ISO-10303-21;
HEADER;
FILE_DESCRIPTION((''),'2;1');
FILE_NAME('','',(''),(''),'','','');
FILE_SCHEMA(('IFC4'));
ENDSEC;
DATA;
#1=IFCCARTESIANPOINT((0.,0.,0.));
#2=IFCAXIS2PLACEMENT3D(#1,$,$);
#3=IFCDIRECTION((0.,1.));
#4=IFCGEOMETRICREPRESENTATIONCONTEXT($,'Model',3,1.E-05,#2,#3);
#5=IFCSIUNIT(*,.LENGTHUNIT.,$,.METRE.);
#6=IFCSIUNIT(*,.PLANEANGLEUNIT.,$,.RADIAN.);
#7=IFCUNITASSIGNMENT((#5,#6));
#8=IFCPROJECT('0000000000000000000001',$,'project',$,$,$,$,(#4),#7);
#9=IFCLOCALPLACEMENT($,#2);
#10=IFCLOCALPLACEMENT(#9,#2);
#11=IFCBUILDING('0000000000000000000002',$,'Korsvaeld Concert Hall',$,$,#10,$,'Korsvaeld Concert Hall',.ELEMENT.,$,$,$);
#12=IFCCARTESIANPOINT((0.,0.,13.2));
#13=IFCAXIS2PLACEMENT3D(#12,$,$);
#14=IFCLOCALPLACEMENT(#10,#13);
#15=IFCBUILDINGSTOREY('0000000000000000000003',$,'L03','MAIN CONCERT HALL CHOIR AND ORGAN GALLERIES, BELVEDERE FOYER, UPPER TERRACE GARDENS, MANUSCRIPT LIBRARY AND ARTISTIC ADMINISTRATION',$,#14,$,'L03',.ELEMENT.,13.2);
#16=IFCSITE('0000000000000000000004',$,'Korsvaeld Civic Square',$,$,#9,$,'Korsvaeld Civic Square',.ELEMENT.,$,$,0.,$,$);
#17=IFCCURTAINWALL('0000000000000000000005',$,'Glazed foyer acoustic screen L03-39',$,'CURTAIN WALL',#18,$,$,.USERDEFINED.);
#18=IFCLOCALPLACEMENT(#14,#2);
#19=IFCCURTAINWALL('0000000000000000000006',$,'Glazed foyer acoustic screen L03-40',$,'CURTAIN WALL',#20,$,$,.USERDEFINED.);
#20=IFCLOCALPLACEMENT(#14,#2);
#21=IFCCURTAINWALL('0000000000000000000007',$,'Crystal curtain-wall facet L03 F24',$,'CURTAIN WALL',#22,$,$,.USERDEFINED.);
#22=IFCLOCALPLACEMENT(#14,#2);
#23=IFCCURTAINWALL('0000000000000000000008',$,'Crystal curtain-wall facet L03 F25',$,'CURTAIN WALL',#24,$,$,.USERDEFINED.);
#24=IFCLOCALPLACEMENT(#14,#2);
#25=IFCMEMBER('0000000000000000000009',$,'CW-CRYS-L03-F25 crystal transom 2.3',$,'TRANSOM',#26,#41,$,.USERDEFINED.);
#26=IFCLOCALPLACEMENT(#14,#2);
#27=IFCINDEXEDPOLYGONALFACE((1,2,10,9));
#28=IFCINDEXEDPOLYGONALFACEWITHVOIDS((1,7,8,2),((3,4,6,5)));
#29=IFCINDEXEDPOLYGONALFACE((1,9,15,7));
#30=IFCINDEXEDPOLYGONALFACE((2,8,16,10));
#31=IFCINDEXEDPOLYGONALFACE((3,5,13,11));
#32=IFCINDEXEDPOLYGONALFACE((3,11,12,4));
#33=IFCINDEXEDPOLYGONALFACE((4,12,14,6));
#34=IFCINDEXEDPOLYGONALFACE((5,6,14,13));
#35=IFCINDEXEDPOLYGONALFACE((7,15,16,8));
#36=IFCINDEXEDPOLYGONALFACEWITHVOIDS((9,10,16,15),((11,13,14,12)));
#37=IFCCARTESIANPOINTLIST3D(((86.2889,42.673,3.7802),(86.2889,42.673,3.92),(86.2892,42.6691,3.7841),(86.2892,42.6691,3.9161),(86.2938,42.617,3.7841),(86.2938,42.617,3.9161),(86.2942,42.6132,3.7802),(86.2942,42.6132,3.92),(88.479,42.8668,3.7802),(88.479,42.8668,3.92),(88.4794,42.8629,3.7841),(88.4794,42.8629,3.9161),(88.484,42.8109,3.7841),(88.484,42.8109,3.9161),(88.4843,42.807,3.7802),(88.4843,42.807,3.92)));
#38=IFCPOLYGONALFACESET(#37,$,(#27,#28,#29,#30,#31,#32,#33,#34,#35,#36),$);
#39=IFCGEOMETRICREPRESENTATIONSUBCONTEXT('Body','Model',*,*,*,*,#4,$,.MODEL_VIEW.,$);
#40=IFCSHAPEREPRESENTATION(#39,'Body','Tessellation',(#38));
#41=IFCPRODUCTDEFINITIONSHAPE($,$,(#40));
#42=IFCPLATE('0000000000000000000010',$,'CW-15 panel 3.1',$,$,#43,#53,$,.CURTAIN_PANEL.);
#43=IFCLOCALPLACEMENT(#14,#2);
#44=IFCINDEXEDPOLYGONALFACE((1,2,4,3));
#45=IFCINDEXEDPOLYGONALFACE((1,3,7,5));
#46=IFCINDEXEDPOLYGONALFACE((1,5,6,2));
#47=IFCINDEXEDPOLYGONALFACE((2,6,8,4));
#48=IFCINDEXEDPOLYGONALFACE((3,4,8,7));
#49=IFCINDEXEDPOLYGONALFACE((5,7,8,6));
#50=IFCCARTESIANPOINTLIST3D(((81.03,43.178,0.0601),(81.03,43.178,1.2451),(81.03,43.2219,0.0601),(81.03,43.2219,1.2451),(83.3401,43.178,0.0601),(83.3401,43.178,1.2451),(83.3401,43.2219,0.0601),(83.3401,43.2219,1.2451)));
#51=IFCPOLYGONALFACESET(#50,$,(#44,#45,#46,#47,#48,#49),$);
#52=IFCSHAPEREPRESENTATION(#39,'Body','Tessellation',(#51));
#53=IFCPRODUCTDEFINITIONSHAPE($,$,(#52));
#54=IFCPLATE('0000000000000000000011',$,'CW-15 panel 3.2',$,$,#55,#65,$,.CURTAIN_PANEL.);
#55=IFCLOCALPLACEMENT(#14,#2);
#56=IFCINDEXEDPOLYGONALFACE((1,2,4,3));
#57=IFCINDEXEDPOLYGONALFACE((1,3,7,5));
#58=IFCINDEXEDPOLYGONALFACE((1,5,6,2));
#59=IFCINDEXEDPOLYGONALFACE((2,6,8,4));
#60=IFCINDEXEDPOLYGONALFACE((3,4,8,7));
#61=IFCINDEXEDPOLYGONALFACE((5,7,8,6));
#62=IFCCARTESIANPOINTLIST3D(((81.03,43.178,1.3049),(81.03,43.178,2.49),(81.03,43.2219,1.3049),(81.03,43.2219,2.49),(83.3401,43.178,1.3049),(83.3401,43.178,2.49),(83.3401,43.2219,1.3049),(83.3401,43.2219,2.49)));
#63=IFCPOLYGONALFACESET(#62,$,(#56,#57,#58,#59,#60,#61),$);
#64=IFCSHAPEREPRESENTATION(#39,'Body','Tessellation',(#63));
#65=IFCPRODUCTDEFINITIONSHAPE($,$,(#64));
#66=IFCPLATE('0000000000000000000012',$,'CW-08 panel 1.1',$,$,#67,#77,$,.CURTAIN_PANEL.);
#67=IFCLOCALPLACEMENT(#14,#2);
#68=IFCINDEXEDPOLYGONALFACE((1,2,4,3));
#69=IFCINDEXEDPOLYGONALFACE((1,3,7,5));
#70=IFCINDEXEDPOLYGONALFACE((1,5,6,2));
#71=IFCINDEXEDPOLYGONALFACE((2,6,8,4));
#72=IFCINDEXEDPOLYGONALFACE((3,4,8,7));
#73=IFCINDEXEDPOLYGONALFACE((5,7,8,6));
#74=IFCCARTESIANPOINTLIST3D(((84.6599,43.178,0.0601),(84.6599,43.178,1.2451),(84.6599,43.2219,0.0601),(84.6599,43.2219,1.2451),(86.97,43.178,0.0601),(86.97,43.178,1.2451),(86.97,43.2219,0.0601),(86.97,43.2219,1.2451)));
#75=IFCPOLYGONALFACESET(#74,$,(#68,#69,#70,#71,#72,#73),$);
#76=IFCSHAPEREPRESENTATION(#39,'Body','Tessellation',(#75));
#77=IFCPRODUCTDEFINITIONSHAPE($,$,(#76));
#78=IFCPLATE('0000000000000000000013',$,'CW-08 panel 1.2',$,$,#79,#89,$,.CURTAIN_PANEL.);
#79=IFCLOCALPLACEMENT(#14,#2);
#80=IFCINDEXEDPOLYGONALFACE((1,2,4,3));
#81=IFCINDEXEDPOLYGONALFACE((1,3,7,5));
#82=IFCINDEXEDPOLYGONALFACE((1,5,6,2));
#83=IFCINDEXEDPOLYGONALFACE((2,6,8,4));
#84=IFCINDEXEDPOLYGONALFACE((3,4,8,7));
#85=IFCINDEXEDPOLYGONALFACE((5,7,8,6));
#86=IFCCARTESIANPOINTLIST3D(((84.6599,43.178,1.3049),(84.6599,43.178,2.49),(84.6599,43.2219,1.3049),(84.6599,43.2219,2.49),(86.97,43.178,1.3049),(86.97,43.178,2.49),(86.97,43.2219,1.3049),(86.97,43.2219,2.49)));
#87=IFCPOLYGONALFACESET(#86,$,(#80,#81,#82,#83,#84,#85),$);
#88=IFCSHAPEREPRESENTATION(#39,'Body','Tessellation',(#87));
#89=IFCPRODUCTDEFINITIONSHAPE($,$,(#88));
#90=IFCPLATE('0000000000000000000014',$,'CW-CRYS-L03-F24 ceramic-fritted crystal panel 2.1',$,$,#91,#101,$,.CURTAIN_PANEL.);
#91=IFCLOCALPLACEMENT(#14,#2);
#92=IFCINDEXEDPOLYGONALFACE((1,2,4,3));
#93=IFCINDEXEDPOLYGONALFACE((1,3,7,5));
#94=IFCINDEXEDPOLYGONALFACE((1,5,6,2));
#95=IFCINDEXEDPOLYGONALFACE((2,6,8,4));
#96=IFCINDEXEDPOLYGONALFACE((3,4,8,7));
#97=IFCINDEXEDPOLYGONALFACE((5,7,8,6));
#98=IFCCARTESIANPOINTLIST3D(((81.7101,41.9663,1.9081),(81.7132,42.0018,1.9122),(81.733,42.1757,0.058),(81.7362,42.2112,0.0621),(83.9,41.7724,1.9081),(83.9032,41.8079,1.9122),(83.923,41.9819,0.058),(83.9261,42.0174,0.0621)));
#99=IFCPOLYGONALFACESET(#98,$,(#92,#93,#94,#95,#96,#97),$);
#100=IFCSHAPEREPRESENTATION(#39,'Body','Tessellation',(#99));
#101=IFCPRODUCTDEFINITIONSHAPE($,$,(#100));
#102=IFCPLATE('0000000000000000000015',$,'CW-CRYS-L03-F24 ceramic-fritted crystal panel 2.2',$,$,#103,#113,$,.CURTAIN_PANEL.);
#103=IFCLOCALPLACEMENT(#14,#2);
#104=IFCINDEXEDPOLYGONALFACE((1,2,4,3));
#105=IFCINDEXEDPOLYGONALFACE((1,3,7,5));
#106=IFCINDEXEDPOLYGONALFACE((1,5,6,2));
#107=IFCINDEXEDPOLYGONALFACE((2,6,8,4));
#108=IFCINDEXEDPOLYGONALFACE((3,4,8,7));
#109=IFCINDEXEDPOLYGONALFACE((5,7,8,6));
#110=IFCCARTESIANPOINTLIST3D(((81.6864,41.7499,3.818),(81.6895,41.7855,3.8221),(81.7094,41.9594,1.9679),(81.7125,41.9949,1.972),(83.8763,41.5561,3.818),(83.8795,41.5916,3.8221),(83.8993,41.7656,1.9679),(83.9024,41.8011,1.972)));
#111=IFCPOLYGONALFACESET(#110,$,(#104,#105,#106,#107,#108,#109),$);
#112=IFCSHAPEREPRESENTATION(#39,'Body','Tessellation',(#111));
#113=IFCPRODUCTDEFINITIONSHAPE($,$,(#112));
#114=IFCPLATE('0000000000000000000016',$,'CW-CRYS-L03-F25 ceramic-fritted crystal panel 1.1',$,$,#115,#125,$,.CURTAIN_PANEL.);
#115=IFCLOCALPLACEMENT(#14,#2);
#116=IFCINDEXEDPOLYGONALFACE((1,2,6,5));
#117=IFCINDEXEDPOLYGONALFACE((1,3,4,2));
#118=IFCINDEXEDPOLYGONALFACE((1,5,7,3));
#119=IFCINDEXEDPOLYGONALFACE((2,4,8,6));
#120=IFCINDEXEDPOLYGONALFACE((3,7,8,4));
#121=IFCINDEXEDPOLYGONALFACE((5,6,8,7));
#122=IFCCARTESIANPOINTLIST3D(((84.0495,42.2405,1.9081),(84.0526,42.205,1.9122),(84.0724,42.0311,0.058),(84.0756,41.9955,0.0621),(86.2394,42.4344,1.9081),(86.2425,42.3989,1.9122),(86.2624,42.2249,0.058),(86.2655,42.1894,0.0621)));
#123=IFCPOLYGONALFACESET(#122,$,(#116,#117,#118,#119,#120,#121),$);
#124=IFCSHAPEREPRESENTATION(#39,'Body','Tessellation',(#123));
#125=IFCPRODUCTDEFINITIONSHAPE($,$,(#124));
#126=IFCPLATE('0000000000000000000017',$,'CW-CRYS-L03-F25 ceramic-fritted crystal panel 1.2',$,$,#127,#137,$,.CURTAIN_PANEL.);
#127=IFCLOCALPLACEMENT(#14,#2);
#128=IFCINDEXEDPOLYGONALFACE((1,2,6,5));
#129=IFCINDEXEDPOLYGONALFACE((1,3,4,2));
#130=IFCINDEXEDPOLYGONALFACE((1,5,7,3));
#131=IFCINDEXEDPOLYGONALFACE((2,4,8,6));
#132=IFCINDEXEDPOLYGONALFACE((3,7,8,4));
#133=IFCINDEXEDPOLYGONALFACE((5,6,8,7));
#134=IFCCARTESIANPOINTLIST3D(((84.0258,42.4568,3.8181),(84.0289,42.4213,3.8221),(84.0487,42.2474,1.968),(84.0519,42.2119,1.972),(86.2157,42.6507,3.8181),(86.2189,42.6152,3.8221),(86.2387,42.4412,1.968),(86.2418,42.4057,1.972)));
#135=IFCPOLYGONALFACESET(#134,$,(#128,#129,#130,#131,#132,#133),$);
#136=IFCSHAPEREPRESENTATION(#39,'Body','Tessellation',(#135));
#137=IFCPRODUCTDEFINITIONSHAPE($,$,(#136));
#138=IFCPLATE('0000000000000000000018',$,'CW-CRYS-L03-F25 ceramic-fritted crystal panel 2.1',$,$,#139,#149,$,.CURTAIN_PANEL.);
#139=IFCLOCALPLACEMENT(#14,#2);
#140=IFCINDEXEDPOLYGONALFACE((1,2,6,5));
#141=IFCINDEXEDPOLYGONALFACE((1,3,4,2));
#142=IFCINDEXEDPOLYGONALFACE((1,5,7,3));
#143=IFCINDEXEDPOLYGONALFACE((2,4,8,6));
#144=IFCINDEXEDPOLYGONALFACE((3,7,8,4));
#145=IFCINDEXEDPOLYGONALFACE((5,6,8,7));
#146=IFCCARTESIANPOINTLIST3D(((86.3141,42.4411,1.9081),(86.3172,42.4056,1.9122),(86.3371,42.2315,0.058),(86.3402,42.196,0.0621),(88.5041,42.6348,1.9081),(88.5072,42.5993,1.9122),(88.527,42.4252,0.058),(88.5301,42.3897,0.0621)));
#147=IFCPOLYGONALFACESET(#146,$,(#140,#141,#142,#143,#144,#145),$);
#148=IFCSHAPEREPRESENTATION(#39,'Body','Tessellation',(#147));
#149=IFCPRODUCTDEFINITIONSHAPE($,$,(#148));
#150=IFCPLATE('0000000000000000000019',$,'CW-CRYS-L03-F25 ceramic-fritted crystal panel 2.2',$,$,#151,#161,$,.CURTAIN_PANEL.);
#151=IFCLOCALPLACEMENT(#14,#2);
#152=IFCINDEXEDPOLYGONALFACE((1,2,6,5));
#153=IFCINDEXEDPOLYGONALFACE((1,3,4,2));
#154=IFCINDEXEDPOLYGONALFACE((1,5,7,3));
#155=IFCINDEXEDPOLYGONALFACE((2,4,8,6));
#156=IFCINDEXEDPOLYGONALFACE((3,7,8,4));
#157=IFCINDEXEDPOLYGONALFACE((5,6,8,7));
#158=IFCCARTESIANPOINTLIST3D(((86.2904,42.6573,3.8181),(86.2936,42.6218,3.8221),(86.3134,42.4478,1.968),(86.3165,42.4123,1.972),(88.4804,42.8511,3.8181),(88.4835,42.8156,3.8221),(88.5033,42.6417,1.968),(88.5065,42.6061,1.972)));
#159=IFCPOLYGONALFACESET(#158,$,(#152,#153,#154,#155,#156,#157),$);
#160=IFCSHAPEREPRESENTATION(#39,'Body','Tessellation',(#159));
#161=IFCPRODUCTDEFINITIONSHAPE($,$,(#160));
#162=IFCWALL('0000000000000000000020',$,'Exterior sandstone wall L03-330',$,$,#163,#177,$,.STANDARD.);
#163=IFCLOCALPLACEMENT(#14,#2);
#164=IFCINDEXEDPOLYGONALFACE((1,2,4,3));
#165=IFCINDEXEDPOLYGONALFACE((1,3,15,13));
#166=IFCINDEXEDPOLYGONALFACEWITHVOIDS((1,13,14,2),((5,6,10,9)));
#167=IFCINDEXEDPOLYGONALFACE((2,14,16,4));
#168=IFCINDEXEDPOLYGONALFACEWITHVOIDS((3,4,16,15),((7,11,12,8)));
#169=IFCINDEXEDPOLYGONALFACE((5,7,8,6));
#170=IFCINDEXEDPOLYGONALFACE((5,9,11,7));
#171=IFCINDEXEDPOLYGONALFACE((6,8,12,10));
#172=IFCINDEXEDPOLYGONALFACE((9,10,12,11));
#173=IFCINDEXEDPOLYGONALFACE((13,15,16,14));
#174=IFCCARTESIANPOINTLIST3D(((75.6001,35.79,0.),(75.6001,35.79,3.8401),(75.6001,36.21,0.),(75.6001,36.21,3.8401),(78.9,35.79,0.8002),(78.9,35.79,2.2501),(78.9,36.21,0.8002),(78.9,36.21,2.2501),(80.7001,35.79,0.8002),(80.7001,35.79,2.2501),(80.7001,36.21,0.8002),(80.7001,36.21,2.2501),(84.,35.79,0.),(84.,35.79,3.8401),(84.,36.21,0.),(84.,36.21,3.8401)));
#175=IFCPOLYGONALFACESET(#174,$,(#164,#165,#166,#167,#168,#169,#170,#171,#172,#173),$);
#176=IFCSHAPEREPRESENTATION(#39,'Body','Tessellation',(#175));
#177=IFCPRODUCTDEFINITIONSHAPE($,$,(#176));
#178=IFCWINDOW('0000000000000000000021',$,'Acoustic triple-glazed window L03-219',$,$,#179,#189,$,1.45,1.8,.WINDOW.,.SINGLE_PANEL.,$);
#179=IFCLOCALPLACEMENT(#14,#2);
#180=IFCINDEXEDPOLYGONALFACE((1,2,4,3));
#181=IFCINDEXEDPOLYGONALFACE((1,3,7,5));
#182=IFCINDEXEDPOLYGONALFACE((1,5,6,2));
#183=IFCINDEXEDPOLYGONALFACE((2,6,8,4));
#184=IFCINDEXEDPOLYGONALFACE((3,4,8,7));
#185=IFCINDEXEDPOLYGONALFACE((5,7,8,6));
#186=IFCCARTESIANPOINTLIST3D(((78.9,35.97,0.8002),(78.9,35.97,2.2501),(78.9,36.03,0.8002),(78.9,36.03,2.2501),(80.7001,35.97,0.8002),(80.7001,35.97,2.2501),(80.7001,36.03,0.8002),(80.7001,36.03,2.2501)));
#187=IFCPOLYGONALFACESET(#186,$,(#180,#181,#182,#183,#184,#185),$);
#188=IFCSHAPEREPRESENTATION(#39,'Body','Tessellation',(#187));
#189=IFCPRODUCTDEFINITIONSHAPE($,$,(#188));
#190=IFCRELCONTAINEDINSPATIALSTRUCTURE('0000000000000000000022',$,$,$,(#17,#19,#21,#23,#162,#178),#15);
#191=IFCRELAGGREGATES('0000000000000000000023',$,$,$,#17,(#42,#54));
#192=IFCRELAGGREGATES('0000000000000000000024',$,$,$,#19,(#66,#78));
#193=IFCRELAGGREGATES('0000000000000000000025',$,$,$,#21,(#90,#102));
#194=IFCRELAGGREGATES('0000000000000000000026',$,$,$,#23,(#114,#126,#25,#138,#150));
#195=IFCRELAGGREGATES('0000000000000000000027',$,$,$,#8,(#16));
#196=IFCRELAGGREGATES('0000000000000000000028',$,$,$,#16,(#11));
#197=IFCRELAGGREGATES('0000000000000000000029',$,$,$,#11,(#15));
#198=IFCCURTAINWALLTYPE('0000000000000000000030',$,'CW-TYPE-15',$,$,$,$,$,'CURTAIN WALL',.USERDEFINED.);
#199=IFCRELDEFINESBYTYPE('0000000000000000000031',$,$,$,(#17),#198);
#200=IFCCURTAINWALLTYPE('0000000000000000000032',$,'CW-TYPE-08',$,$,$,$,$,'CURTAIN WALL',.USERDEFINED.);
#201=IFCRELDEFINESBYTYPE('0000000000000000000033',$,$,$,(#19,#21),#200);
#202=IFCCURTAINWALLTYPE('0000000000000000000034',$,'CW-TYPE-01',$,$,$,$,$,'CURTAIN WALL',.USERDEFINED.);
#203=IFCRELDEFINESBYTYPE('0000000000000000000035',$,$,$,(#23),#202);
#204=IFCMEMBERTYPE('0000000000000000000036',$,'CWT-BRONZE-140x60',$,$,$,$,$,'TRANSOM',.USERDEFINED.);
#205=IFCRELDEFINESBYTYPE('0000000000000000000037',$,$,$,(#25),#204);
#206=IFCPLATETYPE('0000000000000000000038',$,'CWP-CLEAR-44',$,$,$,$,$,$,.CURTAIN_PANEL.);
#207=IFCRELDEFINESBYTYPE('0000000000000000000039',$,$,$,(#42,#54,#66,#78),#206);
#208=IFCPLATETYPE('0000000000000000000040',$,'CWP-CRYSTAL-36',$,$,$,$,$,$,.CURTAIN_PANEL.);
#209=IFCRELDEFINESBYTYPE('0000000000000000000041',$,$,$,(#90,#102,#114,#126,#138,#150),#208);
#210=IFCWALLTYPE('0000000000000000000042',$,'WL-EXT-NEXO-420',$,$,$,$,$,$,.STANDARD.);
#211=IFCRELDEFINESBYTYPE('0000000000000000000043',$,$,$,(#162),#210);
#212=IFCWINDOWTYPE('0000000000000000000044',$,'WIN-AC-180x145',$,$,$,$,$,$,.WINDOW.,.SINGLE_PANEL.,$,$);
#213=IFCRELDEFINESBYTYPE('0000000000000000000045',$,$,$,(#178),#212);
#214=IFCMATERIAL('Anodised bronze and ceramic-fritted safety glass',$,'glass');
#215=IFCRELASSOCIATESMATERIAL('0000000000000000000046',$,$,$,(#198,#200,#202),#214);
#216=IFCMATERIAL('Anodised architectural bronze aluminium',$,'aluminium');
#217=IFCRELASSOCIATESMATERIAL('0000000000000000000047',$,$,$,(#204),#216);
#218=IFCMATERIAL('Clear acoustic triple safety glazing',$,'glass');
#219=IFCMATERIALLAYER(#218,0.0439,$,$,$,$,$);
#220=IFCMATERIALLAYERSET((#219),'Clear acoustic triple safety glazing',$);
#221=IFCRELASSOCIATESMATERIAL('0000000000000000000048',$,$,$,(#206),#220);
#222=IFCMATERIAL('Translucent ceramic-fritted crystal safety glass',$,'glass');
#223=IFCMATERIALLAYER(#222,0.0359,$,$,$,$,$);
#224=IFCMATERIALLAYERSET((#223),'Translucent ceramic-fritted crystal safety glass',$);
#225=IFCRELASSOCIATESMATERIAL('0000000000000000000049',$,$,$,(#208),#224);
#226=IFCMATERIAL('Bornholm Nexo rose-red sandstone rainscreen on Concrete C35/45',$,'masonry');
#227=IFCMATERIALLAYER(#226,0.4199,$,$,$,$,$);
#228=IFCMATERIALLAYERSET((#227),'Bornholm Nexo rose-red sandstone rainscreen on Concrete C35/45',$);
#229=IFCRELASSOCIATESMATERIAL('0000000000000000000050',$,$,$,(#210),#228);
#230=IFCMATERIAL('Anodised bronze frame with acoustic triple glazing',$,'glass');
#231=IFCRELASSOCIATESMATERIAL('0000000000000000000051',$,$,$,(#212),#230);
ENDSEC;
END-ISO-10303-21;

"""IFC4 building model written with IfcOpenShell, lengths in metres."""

from ifc_helpers import new_model, si_unit, direction, frame, frame_2d, origin, origin_2d, place, context, subcontext, project, spatial, polyline, rectangle, hollow_rectangle, outline, extrude, material, layer, layer_set, material_profile, profile_set, type_object, element, fill, aggregate, save


model = new_model("IFC4")

# Units and contexts
model_context = context("Model", 3, precision=1e-05, world=origin(), true_north=direction((0.0, 1.0)))
body_context = subcontext(model_context, "Body", "Model", "MODEL_VIEW")
ifc_project = project(units=[si_unit("LENGTHUNIT", "METRE"), si_unit("PLANEANGLEUNIT", "RADIAN")], contexts=[model_context])

# Site, building, storey
site_placement = place(None, origin())
site = spatial("IfcSite", under=ifc_project, at=site_placement, Name="Korsvaeld Civic Square", LongName="Korsvaeld Civic Square", CompositionType="ELEMENT", RefElevation=0.0)
building_placement = place(site_placement, origin())
building = spatial("IfcBuilding", under=site, at=building_placement, Name="Korsvaeld Concert Hall", LongName="Korsvaeld Concert Hall", CompositionType="ELEMENT")
storey_placement = place(building_placement, frame((0.0, 0.0, 13.2)))
storey = spatial("IfcBuildingStorey", under=building, at=storey_placement, Name="L03", Description="MAIN CONCERT HALL CHOIR AND ORGAN GALLERIES, BELVEDERE FOYER, UPPER TERRACE GARDENS, MANUSCRIPT LIBRARY AND ARTISTIC ADMINISTRATION", LongName="L03", CompositionType="ELEMENT", Elevation=13.2)

# Curtain wall
ifc_material_1 = material(Name="Anodised bronze and ceramic-fritted safety glass", Category="glass")
curtain_wall_type_1 = type_object("IfcCurtainWallType", Name="CW-TYPE-15", ElementType="CURTAIN WALL", PredefinedType="USERDEFINED", material=ifc_material_1)
curtain_wall_1_placement = place(storey_placement, origin())
curtain_wall_1 = element("IfcCurtainWall", 1, at=curtain_wall_1_placement, inside=storey, type_object=curtain_wall_type_1, Name="Glazed foyer acoustic screen L03-39", ObjectType="CURTAIN WALL", PredefinedType="USERDEFINED")
ifc_material_2 = material(Name="Anodised architectural bronze aluminium", Category="aluminium")

# Curtain wall
curtain_wall_type_2 = type_object("IfcCurtainWallType", Name="CW-TYPE-08", ElementType="CURTAIN WALL", PredefinedType="USERDEFINED", material=ifc_material_1)
curtain_wall_2_placement = place(storey_placement, origin())
curtain_wall_2 = element("IfcCurtainWall", 2, at=curtain_wall_2_placement, inside=storey, type_object=curtain_wall_type_2, Name="Glazed foyer acoustic screen L03-40", ObjectType="CURTAIN WALL", PredefinedType="USERDEFINED")

# Curtain wall
curtain_wall_3_placement = place(storey_placement, origin())
curtain_wall_3 = element("IfcCurtainWall", 3, at=curtain_wall_3_placement, inside=storey, type_object=curtain_wall_type_2, Name="Crystal curtain-wall facet L03 F24", ObjectType="CURTAIN WALL", PredefinedType="USERDEFINED")

# Curtain wall
curtain_wall_type_3 = type_object("IfcCurtainWallType", Name="CW-TYPE-01", ElementType="CURTAIN WALL", PredefinedType="USERDEFINED", material=ifc_material_1)
curtain_wall_4_placement = place(storey_placement, origin())
curtain_wall_4 = element("IfcCurtainWall", 4, at=curtain_wall_4_placement, inside=storey, type_object=curtain_wall_type_3, Name="Crystal curtain-wall facet L03 F25", ObjectType="CURTAIN WALL", PredefinedType="USERDEFINED")

# Member
ifc_material_profile_1 = material_profile(ifc_material_2, hollow_rectangle(XDim=0.0601, YDim=0.1399, WallThickness=0.0039, at=origin_2d()), Name="CWT 140x60x4")
ifc_profile_set_1 = profile_set([ifc_material_profile_1], Name="Anodised architectural bronze aluminium")
member_type_1 = type_object("IfcMemberType", Name="CWT-BRONZE-140x60", ElementType="TRANSOM", PredefinedType="USERDEFINED", material=ifc_profile_set_1)
member_1_placement = place(storey_placement, frame((86.2915, 42.6431, 3.8501), z_axis=(0.996106, 0.088163, 0.0), x_axis=(-0.088163, 0.996106, 0.0)))
member_1 = element("IfcMember", 5, at=member_1_placement, type_object=member_type_1, Name="CW-CRYS-L03-F25 crystal transom 2.3", ObjectType="TRANSOM", PredefinedType="USERDEFINED", context=body_context, shape_type="SweptSolid", body=[
    extrude(hollow_rectangle(XDim=0.0601, YDim=0.1399, WallThickness=0.0039, at=origin_2d()), origin(), (0.0, 0.0, 1.0), 2.1987),
])

# Plates
ifc_material_3 = material(Name="Clear acoustic triple safety glazing", Category="glass")
ifc_layer_1 = layer(ifc_material_3, 0.0439)
ifc_layer_set_1 = layer_set([ifc_layer_1], Name="Clear acoustic triple safety glazing")
plate_type_1 = type_object("IfcPlateType", Name="CWP-CLEAR-44", PredefinedType="CURTAIN_PANEL", material=ifc_layer_set_1)
plate_1_placement = place(storey_placement, frame((82.1851, 43.2, 0.0601), z_axis=(0.0, 0.0, 1.0), x_axis=(1.0, 0.0, 0.0)))
plate_1 = element("IfcPlate", 6, at=plate_1_placement, type_object=plate_type_1, Name="CW-15 panel 3.1", PredefinedType="CURTAIN_PANEL", context=body_context, shape_type="SweptSolid", body=[
    extrude(rectangle(XDim=2.3101, YDim=0.0439, at=origin_2d()), origin(), (0.0, 0.0, 1.0), 1.1851),
])
plate_2_placement = place(storey_placement, frame((82.1851, 43.2, 1.3049), z_axis=(0.0, 0.0, 1.0), x_axis=(1.0, 0.0, 0.0)))
plate_2 = element("IfcPlate", 7, at=plate_2_placement, type_object=plate_type_1, Name="CW-15 panel 3.2", PredefinedType="CURTAIN_PANEL", context=body_context, shape_type="SweptSolid", body=[
    extrude(rectangle(XDim=2.3101, YDim=0.0439, at=origin_2d()), origin(), (0.0, 0.0, 1.0), 1.1851),
])
aggregate(curtain_wall_1, [plate_1, plate_2])
plate_3_placement = place(storey_placement, frame((85.8149, 43.2, 0.0601), z_axis=(0.0, 0.0, 1.0), x_axis=(1.0, 0.0, 0.0)))
plate_3 = element("IfcPlate", 8, at=plate_3_placement, type_object=plate_type_1, Name="CW-08 panel 1.1", PredefinedType="CURTAIN_PANEL", context=body_context, shape_type="SweptSolid", body=[
    extrude(rectangle(XDim=2.3101, YDim=0.0439, at=origin_2d()), origin(), (0.0, 0.0, 1.0), 1.1851),
])
plate_4_placement = place(storey_placement, frame((85.8149, 43.2, 1.3049), z_axis=(0.0, 0.0, 1.0), x_axis=(1.0, 0.0, 0.0)))
plate_4 = element("IfcPlate", 9, at=plate_4_placement, type_object=plate_type_1, Name="CW-08 panel 1.2", PredefinedType="CURTAIN_PANEL", context=body_context, shape_type="SweptSolid", body=[
    extrude(rectangle(XDim=2.3101, YDim=0.0439, at=origin_2d()), origin(), (0.0, 0.0, 1.0), 1.1851),
])
aggregate(curtain_wall_2, [plate_3, plate_4])
ifc_material_4 = material(Name="Translucent ceramic-fritted crystal safety glass", Category="glass")
ifc_layer_2 = layer(ifc_material_4, 0.0359)
ifc_layer_set_2 = layer_set([ifc_layer_2], Name="Translucent ceramic-fritted crystal safety glass")
plate_type_2 = type_object("IfcPlateType", Name="CWP-CRYSTAL-36", PredefinedType="CURTAIN_PANEL", material=ifc_layer_set_2)
plate_5_placement = place(storey_placement, frame((81.7346, 42.1936, 0.0601), z_axis=(-0.087606, -0.989709, -0.113144), x_axis=(0.996105, -0.088173, 0.0)))
plate_5 = element("IfcPlate", 10, at=plate_5_placement, type_object=plate_type_2, Name="CW-CRYS-L03-F24 ceramic-fritted crystal panel 2.1", PredefinedType="CURTAIN_PANEL", context=body_context, shape_type="SweptSolid", body=[
    extrude(outline(polyline([(0.0, 0.0), (2.1985, 0.0), (2.1941, 1.8621), (-0.0044, 1.8621), (0.0, 0.0)])), frame((0.0, 0.0, 0.0181)), (0.0, 0.0, -1.0), 0.0359),
])
plate_6_placement = place(storey_placement, frame((81.7109, 41.9773, 1.97), z_axis=(-0.087606, -0.989709, -0.113144), x_axis=(0.996105, -0.088173, 0.0)))
plate_6 = element("IfcPlate", 11, at=plate_6_placement, type_object=plate_type_2, Name="CW-CRYS-L03-F24 ceramic-fritted crystal panel 2.2", PredefinedType="CURTAIN_PANEL", context=body_context, shape_type="SweptSolid", body=[
    extrude(outline(polyline([(0.0, 0.0), (2.1985, 0.0), (2.1941, 1.8621), (-0.0044, 1.8621), (0.0, 0.0)])), frame((0.0, 0.0, 0.0181)), (0.0, 0.0, -1.0), 0.0359),
])
aggregate(curtain_wall_3, [plate_5, plate_6])
plate_7_placement = place(storey_placement, frame((84.074, 42.0134, 0.0601), z_axis=(0.087606, -0.989709, 0.113144), x_axis=(0.996105, 0.088173, 0.0)))
plate_7 = element("IfcPlate", 12, at=plate_7_placement, type_object=plate_type_2, Name="CW-CRYS-L03-F25 ceramic-fritted crystal panel 1.1", PredefinedType="CURTAIN_PANEL", context=body_context, shape_type="SweptSolid", body=[
    extrude(outline(polyline([(0.0, 0.0), (2.1985, 0.0), (2.1941, 1.8621), (-0.0044, 1.8621), (0.0, 0.0)])), frame((0.0, 0.0, 0.0181)), (0.0, 0.0, -1.0), 0.0359),
])
plate_8_placement = place(storey_placement, frame((84.0503, 42.2297, 1.97), z_axis=(0.087606, -0.989709, 0.113144), x_axis=(0.996105, 0.088173, 0.0)))
plate_8 = element("IfcPlate", 13, at=plate_8_placement, type_object=plate_type_2, Name="CW-CRYS-L03-F25 ceramic-fritted crystal panel 1.2", PredefinedType="CURTAIN_PANEL", context=body_context, shape_type="SweptSolid", body=[
    extrude(outline(polyline([(0.0, 0.0), (2.1985, 0.0), (2.1941, 1.8621), (-0.0044, 1.8621), (0.0, 0.0)])), frame((0.0, 0.0, 0.0181)), (0.0, 0.0, -1.0), 0.0359),
])
plate_9_placement = place(storey_placement, frame((86.3386, 42.2139, 0.0601), z_axis=(0.087551, -0.989706, 0.113208), x_axis=(0.99611, 0.088117, -0.000006)))
plate_9 = element("IfcPlate", 14, at=plate_9_placement, type_object=plate_type_2, Name="CW-CRYS-L03-F25 ceramic-fritted crystal panel 2.1", PredefinedType="CURTAIN_PANEL", context=body_context, shape_type="SweptSolid", body=[
    extrude(outline(polyline([(0.0, 0.0), (2.1985, 0.0), (2.1941, 1.8621), (-0.0044, 1.8621), (0.0, 0.0)])), frame((0.0, 0.0, 0.0181)), (0.0, 0.0, -1.0), 0.0359),
])
plate_10_placement = place(storey_placement, frame((86.3149, 42.4302, 1.97), z_axis=(0.087606, -0.989709, 0.113144), x_axis=(0.996105, 0.088173, 0.0)))
plate_10 = element("IfcPlate", 15, at=plate_10_placement, type_object=plate_type_2, Name="CW-CRYS-L03-F25 ceramic-fritted crystal panel 2.2", PredefinedType="CURTAIN_PANEL", context=body_context, shape_type="SweptSolid", body=[
    extrude(outline(polyline([(0.0, 0.0), (2.1985, 0.0), (2.1941, 1.8621), (-0.0044, 1.8621), (0.0, 0.0)])), frame((0.0, 0.0, 0.0181)), (0.0, 0.0, -1.0), 0.0359),
])
aggregate(curtain_wall_4, [plate_7, plate_8, member_1, plate_9, plate_10])

# Wall, opening, window
ifc_material_5 = material(Name="Bornholm Nexo rose-red sandstone rainscreen on Concrete C35/45", Category="masonry")
ifc_layer_3 = layer(ifc_material_5, 0.4199)
ifc_layer_set_3 = layer_set([ifc_layer_3], Name="Bornholm Nexo rose-red sandstone rainscreen on Concrete C35/45")
wall_type = type_object("IfcWallType", Name="WL-EXT-NEXO-420", PredefinedType="STANDARD", material=ifc_layer_set_3)
wall_placement = place(storey_placement, frame((84.0, 36.0, 0.0), z_axis=(0.0, 0.0, 1.0), x_axis=(-1.0, 0.0, 0.0)))
wall = element("IfcWall", 16, at=wall_placement, inside=storey, type_object=wall_type, Name="Exterior sandstone wall L03-330", PredefinedType="STANDARD", context=body_context, shape_type="SweptSolid", body=[
    extrude(rectangle(XDim=8.3999, YDim=0.4199, at=frame_2d((4.2, 0.0))), origin(), (0.0, 0.0, 1.0), 3.8401),
])
opening_placement = place(wall_placement, frame((3.3, 0.0, 0.8)))
opening = element("IfcOpeningElement", 17, at=opening_placement, cuts=wall, PredefinedType="OPENING", context=body_context, shape_type="SweptSolid", body=[
    extrude(rectangle(XDim=1.8, YDim=1.45, at=frame_2d((0.8999, 0.7251))), frame((0.0, 0.22, 0.0), z_axis=(0.0, -1.0, 0.0), x_axis=(1.0, 0.0, 0.0)), (0.0, 0.0, 1.0), 0.4399),
])
ifc_material_6 = material(Name="Anodised bronze frame with acoustic triple glazing", Category="glass")
window_type = type_object("IfcWindowType", Name="WIN-AC-180x145", PartitioningType="SINGLE_PANEL", PredefinedType="WINDOW", material=ifc_material_6)
window_placement = place(opening_placement, origin())
window = element("IfcWindow", 18, at=window_placement, inside=storey, type_object=window_type, Name="Acoustic triple-glazed window L03-219", OverallHeight=1.45, OverallWidth=1.8, PartitioningType="SINGLE_PANEL", PredefinedType="WINDOW", context=body_context, shape_type="SweptSolid", body=[
    extrude(rectangle(XDim=1.8, YDim=1.45, at=frame_2d((0.8999, 0.7251))), frame((0.0, 0.03, 0.0), z_axis=(0.0, -1.0, 0.0), x_axis=(1.0, 0.0, 0.0)), (0.0, 0.0, 1.0), 0.0601),
])
fill(opening, window)

save(model, "model.ifc")
